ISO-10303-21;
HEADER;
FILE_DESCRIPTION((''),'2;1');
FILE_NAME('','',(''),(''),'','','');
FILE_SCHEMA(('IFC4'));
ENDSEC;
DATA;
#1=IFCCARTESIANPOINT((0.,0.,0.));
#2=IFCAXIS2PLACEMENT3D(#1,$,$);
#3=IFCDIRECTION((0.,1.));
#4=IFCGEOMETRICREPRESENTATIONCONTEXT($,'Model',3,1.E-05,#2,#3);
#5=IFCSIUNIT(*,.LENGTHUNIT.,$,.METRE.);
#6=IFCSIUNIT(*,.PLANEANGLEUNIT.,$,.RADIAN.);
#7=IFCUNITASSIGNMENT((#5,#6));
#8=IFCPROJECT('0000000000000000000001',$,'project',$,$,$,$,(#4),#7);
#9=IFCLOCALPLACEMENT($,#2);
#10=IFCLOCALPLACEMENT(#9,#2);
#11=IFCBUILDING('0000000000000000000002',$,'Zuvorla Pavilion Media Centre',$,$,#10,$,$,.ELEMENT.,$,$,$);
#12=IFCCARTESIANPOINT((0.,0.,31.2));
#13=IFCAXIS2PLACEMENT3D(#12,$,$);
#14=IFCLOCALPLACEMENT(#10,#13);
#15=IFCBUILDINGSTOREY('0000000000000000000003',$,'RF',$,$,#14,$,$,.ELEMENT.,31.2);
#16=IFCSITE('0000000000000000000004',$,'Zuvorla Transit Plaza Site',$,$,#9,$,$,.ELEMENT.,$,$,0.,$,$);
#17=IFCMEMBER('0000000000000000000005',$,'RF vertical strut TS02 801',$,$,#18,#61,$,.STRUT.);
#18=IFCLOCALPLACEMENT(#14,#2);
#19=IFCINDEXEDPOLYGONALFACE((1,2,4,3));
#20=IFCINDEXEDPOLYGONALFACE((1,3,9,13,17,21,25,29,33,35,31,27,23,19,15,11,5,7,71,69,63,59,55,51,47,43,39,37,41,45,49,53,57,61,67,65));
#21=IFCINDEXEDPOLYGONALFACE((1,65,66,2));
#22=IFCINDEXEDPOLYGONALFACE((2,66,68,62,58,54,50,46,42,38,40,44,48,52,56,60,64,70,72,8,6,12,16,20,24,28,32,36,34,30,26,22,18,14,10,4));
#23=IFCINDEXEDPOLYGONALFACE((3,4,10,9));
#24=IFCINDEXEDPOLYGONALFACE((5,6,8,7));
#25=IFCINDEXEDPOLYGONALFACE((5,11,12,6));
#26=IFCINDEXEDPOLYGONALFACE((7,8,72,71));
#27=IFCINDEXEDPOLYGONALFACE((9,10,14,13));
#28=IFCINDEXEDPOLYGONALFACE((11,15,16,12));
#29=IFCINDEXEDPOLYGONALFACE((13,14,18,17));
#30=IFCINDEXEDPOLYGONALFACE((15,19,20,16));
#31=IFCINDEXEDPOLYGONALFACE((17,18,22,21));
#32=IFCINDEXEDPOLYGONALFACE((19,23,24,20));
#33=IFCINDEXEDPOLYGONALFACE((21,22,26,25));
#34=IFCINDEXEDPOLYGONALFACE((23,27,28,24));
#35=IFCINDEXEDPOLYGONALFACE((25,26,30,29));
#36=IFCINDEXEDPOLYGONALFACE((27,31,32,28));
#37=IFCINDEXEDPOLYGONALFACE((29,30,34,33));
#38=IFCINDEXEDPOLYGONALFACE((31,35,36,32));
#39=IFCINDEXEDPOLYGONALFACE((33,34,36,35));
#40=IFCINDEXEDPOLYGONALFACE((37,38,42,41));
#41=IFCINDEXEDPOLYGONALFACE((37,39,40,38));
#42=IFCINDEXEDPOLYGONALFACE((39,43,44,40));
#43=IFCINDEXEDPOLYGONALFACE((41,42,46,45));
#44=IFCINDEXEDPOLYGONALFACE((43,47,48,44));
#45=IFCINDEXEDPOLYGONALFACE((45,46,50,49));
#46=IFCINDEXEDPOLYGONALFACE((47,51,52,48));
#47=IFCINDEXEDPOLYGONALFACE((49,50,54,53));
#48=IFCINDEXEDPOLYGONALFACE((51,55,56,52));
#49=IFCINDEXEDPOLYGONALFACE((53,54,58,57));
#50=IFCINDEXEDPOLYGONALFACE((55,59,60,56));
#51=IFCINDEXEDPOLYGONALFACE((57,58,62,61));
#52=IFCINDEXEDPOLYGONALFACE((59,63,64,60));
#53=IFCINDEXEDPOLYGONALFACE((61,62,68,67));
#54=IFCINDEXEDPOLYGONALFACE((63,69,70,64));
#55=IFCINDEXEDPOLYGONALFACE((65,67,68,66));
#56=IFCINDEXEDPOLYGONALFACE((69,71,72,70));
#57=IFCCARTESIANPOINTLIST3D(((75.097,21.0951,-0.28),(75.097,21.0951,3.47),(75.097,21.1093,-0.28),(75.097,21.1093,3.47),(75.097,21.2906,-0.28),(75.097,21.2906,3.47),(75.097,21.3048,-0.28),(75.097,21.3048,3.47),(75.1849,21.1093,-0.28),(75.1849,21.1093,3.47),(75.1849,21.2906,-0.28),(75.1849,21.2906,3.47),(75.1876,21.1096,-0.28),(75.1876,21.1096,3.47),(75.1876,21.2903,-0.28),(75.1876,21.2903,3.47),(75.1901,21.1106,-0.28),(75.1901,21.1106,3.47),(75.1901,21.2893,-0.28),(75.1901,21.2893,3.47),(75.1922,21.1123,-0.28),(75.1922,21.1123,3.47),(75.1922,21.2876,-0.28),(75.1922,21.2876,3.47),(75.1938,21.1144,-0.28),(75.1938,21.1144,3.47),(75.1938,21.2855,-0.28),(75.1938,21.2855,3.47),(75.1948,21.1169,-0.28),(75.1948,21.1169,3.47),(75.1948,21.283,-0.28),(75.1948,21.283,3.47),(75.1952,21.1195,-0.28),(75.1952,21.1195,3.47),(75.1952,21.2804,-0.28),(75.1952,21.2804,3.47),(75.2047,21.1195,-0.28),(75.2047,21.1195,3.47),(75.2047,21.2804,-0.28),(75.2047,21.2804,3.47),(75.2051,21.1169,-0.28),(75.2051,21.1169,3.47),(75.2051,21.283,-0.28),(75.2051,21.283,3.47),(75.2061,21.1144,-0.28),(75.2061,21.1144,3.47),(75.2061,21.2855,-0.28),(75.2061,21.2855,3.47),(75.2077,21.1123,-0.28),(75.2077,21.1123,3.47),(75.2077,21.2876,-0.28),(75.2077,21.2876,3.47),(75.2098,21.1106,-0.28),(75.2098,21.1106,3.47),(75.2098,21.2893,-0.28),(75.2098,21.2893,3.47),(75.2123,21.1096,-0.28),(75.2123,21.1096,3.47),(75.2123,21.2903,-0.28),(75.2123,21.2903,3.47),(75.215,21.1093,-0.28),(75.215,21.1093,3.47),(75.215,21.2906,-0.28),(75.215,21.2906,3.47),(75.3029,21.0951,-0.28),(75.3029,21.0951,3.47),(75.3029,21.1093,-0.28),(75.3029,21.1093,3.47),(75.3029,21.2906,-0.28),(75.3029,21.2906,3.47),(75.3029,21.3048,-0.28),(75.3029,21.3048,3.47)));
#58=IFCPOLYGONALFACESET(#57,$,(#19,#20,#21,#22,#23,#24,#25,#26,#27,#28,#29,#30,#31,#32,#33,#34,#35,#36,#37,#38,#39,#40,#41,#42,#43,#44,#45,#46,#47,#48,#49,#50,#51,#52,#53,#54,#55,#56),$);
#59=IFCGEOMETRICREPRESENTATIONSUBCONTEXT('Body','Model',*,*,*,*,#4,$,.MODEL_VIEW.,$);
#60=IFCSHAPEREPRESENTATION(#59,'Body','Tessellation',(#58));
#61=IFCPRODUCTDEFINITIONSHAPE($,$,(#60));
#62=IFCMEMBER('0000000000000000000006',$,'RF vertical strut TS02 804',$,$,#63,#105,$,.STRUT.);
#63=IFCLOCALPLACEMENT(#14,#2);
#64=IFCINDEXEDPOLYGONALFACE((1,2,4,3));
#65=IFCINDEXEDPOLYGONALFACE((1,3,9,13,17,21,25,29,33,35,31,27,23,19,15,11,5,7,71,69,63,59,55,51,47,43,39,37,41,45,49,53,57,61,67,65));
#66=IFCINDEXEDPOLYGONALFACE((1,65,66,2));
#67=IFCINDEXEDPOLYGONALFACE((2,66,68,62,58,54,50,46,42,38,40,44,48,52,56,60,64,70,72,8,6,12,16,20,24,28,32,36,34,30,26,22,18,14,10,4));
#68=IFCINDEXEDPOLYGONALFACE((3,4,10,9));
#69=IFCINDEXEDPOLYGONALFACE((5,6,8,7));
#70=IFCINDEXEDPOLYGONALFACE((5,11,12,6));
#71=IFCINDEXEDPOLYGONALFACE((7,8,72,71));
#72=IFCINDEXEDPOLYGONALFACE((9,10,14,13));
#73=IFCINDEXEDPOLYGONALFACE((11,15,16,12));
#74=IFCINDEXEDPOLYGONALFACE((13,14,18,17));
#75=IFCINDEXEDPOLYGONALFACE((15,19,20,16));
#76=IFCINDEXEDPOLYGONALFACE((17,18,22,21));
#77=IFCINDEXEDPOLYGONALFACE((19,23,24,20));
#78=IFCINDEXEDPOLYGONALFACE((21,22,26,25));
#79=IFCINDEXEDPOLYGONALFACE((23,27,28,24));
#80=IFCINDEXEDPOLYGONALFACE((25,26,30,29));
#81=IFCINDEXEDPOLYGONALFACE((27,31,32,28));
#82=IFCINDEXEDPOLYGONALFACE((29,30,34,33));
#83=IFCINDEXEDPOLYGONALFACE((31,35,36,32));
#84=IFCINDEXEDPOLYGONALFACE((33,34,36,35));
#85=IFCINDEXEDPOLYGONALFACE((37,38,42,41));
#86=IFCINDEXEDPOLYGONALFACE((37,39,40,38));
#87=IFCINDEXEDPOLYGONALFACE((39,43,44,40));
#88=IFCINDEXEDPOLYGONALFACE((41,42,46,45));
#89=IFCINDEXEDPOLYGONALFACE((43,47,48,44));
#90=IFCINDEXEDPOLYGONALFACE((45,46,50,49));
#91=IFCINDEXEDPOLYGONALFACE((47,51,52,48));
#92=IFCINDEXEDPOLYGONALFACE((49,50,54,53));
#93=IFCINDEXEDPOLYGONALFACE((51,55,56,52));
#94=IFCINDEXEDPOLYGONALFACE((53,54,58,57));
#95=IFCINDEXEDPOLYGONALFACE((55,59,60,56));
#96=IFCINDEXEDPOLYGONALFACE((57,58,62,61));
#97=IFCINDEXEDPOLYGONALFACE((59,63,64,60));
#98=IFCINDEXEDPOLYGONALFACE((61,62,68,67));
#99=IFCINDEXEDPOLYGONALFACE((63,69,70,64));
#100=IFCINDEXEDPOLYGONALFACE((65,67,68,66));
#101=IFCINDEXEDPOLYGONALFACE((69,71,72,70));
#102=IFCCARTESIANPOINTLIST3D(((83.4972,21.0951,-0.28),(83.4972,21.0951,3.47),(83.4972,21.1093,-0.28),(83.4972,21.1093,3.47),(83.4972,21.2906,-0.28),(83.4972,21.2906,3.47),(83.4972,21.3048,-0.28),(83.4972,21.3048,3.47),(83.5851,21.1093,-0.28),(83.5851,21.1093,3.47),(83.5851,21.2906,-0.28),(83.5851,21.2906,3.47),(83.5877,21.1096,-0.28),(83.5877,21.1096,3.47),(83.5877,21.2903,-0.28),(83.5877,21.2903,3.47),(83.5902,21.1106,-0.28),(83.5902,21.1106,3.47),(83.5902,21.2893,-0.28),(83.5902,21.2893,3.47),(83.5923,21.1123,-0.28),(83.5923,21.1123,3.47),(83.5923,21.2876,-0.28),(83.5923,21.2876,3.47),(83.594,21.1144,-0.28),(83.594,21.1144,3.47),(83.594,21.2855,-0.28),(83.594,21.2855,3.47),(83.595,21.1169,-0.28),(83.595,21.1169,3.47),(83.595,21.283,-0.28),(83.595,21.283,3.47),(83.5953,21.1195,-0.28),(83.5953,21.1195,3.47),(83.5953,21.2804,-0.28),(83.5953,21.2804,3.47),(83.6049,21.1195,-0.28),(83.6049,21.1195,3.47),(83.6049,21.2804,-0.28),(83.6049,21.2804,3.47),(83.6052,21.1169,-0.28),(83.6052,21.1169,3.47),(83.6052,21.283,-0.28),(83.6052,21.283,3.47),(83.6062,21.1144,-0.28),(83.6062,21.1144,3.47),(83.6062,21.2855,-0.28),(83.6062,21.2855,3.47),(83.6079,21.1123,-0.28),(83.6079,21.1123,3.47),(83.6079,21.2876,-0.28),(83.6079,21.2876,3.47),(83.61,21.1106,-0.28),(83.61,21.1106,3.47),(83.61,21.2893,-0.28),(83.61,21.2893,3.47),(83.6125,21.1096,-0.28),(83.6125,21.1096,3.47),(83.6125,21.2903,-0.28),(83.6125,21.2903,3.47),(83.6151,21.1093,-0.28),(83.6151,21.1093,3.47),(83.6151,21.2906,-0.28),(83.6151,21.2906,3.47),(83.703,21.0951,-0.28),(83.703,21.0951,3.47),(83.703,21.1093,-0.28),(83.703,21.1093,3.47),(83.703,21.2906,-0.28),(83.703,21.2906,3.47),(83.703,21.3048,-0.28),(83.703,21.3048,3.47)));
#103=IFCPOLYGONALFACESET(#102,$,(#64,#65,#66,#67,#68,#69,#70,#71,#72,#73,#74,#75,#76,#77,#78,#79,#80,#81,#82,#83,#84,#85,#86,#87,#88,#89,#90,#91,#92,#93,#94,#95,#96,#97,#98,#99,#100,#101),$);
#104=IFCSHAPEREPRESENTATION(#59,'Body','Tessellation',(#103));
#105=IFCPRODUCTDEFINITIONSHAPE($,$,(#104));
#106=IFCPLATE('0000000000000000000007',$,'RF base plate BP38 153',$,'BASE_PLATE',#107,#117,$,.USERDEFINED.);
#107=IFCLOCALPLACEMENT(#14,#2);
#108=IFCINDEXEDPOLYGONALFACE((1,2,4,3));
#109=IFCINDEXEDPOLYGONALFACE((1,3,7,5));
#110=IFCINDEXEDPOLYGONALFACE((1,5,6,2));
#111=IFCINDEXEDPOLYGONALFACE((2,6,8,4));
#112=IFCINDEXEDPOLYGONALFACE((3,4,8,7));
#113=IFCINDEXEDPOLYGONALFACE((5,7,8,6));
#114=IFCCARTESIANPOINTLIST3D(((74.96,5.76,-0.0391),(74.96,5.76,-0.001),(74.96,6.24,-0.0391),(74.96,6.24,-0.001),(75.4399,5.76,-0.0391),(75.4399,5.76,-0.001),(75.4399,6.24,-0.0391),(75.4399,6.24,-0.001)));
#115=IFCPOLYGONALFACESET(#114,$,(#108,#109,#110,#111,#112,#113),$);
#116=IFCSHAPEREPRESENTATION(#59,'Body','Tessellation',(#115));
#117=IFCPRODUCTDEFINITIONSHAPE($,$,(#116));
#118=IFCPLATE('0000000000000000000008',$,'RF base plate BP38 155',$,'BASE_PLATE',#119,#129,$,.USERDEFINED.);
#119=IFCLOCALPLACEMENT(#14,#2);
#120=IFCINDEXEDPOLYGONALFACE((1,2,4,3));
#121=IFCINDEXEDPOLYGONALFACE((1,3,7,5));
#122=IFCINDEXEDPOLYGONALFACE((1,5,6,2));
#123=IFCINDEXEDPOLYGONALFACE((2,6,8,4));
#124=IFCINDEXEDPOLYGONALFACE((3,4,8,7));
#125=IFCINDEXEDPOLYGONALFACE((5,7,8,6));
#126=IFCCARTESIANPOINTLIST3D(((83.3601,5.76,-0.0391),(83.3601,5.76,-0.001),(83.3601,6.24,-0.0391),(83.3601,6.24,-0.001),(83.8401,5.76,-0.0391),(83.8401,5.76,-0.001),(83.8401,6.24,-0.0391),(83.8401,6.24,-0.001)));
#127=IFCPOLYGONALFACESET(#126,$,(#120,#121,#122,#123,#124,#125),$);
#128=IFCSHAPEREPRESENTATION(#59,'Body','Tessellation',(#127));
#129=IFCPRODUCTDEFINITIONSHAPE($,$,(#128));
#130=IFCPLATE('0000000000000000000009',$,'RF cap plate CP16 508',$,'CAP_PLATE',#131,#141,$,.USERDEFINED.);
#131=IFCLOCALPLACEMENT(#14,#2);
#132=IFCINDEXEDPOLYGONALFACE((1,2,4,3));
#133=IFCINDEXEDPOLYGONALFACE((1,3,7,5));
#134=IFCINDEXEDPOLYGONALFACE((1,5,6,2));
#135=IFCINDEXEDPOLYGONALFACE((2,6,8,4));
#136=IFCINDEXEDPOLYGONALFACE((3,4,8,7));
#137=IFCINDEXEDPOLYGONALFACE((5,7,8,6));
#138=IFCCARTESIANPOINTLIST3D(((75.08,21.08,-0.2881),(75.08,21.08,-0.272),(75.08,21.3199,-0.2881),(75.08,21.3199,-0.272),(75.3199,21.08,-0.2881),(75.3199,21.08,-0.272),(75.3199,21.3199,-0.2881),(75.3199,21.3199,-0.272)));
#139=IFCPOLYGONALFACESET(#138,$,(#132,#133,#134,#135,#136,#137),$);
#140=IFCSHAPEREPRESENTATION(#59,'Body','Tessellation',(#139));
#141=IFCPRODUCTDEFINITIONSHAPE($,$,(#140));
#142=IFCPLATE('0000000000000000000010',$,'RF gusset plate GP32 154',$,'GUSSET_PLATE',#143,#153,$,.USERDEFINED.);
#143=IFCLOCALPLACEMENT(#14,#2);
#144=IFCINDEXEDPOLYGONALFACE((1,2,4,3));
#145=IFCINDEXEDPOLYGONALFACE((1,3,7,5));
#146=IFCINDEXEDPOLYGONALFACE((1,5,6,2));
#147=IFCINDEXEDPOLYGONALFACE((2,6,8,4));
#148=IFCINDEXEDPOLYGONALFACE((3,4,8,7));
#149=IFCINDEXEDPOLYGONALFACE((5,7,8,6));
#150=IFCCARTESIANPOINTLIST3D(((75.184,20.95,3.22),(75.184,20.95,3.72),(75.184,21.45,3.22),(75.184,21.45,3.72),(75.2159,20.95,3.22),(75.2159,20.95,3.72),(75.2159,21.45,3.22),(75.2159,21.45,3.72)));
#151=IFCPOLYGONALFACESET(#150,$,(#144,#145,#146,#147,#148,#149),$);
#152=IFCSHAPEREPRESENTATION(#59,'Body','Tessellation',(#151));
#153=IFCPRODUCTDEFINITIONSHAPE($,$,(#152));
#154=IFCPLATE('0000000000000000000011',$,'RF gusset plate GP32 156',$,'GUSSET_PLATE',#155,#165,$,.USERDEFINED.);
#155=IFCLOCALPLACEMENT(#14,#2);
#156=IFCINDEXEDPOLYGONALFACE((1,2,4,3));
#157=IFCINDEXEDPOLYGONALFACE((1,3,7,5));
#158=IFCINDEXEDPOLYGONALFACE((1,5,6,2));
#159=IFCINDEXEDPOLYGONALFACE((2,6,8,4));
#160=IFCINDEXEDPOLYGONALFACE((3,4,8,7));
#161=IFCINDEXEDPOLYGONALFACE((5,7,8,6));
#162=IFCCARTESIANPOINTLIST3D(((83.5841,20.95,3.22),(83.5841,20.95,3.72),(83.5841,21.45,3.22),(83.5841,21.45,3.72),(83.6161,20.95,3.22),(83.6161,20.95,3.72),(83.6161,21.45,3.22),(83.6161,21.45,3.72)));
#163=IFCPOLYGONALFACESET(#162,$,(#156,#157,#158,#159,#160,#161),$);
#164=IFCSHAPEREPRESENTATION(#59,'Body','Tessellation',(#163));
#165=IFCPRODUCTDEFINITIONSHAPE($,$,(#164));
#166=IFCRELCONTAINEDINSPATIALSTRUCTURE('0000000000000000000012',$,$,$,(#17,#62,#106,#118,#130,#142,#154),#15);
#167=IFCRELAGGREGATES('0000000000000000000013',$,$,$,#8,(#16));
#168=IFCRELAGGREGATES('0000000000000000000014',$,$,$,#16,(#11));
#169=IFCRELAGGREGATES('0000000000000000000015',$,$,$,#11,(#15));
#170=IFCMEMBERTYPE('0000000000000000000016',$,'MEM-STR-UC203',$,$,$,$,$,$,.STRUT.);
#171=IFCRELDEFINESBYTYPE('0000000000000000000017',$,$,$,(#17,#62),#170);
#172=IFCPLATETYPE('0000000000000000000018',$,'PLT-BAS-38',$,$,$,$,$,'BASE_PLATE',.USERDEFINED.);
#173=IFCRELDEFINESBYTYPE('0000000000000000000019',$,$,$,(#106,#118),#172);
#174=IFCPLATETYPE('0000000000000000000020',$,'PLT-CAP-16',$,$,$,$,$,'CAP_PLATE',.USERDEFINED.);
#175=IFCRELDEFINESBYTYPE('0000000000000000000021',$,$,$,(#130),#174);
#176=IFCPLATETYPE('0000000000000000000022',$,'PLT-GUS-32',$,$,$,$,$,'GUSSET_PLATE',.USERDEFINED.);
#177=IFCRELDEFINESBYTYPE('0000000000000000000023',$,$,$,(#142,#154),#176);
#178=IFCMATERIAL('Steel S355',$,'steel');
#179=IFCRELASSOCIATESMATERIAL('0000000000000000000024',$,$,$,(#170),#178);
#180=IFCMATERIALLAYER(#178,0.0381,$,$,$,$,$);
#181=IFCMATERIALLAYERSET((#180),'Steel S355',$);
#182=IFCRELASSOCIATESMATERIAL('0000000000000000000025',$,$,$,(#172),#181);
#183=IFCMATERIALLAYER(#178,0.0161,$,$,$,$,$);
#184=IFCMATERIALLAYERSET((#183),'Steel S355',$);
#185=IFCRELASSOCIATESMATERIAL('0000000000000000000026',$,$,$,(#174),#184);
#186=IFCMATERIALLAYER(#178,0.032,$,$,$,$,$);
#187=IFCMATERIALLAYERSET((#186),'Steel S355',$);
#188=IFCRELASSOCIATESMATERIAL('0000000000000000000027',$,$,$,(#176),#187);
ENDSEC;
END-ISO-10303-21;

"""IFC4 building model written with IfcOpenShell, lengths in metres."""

from ifc_helpers import new_model, si_unit, direction, frame, origin, origin_2d, place, context, subcontext, project, spatial, rectangle, i_section, extrude, material, layer, layer_set, material_profile, profile_set, type_object, element, save


model = new_model("IFC4")

# Units and contexts
model_context = context("Model", 3, precision=1e-05, world=origin(), true_north=direction((0.0, 1.0)))
body_context = subcontext(model_context, "Body", "Model", "MODEL_VIEW")
ifc_project = project(units=[si_unit("LENGTHUNIT", "METRE"), si_unit("PLANEANGLEUNIT", "RADIAN")], contexts=[model_context])

# Site, building, storey
site_placement = place(None, origin())
site = spatial("IfcSite", under=ifc_project, at=site_placement, Name="Zuvorla Transit Plaza Site", CompositionType="ELEMENT", RefElevation=0.0)
building_placement = place(site_placement, origin())
building = spatial("IfcBuilding", under=site, at=building_placement, Name="Zuvorla Pavilion Media Centre", CompositionType="ELEMENT")
storey_placement = place(building_placement, frame((0.0, 0.0, 31.2)))
storey = spatial("IfcBuildingStorey", under=building, at=storey_placement, Name="RF", CompositionType="ELEMENT", Elevation=31.2)

# Shared definitions
ifc_material = material(Name="Steel S355", Category="steel")

# Members
ifc_material_profile_1 = material_profile(ifc_material, i_section(OverallWidth=0.2058, OverallDepth=0.2097, WebThickness=0.0095, FlangeThickness=0.0142, FilletRadius=0.0103, at=origin_2d()), Name="UC 203x203x60")
ifc_profile_set_1 = profile_set([ifc_material_profile_1], Name="Steel S355")
member_type_1 = type_object("IfcMemberType", Name="MEM-STR-UC203", PredefinedType="STRUT", material=ifc_profile_set_1)
for number, where, z_axis, x_axis, name in (
    (1, (75.2, 21.2, -0.28), (0.0, 0.0, 1.0), (1.0, 0.0, 0.0), "RF vertical strut TS02 801"),
    (2, (83.6001, 21.2, -0.28), (0.0, 0.0, 1.0), (1.0, 0.0, 0.0), "RF vertical strut TS02 804"),
):
    element("IfcMember", number, at=place(storey_placement, frame(where, z_axis=z_axis, x_axis=x_axis)), inside=storey, type_object=member_type_1, Name=name, PredefinedType="STRUT", context=body_context, shape_type="SweptSolid", body=[
        extrude(i_section(OverallWidth=0.2058, OverallDepth=0.2097, WebThickness=0.0095, FlangeThickness=0.0142, FilletRadius=0.0103, at=origin_2d()), origin(), (0.0, 0.0, 1.0), 3.75),
    ])

# Plates
ifc_layer_1 = layer(ifc_material, 0.0381)
ifc_layer_set_1 = layer_set([ifc_layer_1], Name="Steel S355")
plate_type_1 = type_object("IfcPlateType", Name="PLT-BAS-38", ElementType="BASE_PLATE", PredefinedType="USERDEFINED", material=ifc_layer_set_1)
for number, where, z_axis, x_axis, name in (
    (3, (75.2, 6.0, -0.0391), (0.0, 0.0, 1.0), (1.0, 0.0, 0.0), "RF base plate BP38 153"),
    (4, (83.6001, 6.0, -0.0391), (0.0, 0.0, 1.0), (1.0, 0.0, 0.0), "RF base plate BP38 155"),
):
    element("IfcPlate", number, at=place(storey_placement, frame(where, z_axis=z_axis, x_axis=x_axis)), inside=storey, type_object=plate_type_1, Name=name, ObjectType="BASE_PLATE", PredefinedType="USERDEFINED", context=body_context, shape_type="SweptSolid", body=[
        extrude(rectangle(XDim=0.48, YDim=0.48, at=origin_2d()), origin(), (0.0, 0.0, 1.0), 0.0381),
    ])
ifc_layer_2 = layer(ifc_material, 0.0161)
ifc_layer_set_2 = layer_set([ifc_layer_2], Name="Steel S355")
plate_type_2 = type_object("IfcPlateType", Name="PLT-CAP-16", ElementType="CAP_PLATE", PredefinedType="USERDEFINED", material=ifc_layer_set_2)
plate_placement = place(storey_placement, frame((75.2, 21.2, -0.2881), z_axis=(0.0, 0.0, 1.0), x_axis=(1.0, 0.0, 0.0)))
element("IfcPlate", 5, at=plate_placement, inside=storey, type_object=plate_type_2, Name="RF cap plate CP16 508", ObjectType="CAP_PLATE", PredefinedType="USERDEFINED", context=body_context, shape_type="SweptSolid", body=[
    extrude(rectangle(XDim=0.24, YDim=0.24, at=origin_2d()), origin(), (0.0, 0.0, 1.0), 0.0161),
])
ifc_layer_3 = layer(ifc_material, 0.032)
ifc_layer_set_3 = layer_set([ifc_layer_3], Name="Steel S355")
plate_type_3 = type_object("IfcPlateType", Name="PLT-GUS-32", ElementType="GUSSET_PLATE", PredefinedType="USERDEFINED", material=ifc_layer_set_3)
for number, where, z_axis, x_axis, name in (
    (6, (75.2, 21.2, 3.22), (0.0, 0.0, 1.0), (1.0, 0.0, 0.0), "RF gusset plate GP32 154"),
    (7, (83.6001, 21.2, 3.22), (0.0, 0.0, 1.0), (1.0, 0.0, 0.0), "RF gusset plate GP32 156"),
):
    element("IfcPlate", number, at=place(storey_placement, frame(where, z_axis=z_axis, x_axis=x_axis)), inside=storey, type_object=plate_type_3, Name=name, ObjectType="GUSSET_PLATE", PredefinedType="USERDEFINED", context=body_context, shape_type="SweptSolid", body=[
        extrude(rectangle(XDim=0.032, YDim=0.5, at=origin_2d()), origin(), (0.0, 0.0, 1.0), 0.5),
    ])

save(model, "model.ifc")
